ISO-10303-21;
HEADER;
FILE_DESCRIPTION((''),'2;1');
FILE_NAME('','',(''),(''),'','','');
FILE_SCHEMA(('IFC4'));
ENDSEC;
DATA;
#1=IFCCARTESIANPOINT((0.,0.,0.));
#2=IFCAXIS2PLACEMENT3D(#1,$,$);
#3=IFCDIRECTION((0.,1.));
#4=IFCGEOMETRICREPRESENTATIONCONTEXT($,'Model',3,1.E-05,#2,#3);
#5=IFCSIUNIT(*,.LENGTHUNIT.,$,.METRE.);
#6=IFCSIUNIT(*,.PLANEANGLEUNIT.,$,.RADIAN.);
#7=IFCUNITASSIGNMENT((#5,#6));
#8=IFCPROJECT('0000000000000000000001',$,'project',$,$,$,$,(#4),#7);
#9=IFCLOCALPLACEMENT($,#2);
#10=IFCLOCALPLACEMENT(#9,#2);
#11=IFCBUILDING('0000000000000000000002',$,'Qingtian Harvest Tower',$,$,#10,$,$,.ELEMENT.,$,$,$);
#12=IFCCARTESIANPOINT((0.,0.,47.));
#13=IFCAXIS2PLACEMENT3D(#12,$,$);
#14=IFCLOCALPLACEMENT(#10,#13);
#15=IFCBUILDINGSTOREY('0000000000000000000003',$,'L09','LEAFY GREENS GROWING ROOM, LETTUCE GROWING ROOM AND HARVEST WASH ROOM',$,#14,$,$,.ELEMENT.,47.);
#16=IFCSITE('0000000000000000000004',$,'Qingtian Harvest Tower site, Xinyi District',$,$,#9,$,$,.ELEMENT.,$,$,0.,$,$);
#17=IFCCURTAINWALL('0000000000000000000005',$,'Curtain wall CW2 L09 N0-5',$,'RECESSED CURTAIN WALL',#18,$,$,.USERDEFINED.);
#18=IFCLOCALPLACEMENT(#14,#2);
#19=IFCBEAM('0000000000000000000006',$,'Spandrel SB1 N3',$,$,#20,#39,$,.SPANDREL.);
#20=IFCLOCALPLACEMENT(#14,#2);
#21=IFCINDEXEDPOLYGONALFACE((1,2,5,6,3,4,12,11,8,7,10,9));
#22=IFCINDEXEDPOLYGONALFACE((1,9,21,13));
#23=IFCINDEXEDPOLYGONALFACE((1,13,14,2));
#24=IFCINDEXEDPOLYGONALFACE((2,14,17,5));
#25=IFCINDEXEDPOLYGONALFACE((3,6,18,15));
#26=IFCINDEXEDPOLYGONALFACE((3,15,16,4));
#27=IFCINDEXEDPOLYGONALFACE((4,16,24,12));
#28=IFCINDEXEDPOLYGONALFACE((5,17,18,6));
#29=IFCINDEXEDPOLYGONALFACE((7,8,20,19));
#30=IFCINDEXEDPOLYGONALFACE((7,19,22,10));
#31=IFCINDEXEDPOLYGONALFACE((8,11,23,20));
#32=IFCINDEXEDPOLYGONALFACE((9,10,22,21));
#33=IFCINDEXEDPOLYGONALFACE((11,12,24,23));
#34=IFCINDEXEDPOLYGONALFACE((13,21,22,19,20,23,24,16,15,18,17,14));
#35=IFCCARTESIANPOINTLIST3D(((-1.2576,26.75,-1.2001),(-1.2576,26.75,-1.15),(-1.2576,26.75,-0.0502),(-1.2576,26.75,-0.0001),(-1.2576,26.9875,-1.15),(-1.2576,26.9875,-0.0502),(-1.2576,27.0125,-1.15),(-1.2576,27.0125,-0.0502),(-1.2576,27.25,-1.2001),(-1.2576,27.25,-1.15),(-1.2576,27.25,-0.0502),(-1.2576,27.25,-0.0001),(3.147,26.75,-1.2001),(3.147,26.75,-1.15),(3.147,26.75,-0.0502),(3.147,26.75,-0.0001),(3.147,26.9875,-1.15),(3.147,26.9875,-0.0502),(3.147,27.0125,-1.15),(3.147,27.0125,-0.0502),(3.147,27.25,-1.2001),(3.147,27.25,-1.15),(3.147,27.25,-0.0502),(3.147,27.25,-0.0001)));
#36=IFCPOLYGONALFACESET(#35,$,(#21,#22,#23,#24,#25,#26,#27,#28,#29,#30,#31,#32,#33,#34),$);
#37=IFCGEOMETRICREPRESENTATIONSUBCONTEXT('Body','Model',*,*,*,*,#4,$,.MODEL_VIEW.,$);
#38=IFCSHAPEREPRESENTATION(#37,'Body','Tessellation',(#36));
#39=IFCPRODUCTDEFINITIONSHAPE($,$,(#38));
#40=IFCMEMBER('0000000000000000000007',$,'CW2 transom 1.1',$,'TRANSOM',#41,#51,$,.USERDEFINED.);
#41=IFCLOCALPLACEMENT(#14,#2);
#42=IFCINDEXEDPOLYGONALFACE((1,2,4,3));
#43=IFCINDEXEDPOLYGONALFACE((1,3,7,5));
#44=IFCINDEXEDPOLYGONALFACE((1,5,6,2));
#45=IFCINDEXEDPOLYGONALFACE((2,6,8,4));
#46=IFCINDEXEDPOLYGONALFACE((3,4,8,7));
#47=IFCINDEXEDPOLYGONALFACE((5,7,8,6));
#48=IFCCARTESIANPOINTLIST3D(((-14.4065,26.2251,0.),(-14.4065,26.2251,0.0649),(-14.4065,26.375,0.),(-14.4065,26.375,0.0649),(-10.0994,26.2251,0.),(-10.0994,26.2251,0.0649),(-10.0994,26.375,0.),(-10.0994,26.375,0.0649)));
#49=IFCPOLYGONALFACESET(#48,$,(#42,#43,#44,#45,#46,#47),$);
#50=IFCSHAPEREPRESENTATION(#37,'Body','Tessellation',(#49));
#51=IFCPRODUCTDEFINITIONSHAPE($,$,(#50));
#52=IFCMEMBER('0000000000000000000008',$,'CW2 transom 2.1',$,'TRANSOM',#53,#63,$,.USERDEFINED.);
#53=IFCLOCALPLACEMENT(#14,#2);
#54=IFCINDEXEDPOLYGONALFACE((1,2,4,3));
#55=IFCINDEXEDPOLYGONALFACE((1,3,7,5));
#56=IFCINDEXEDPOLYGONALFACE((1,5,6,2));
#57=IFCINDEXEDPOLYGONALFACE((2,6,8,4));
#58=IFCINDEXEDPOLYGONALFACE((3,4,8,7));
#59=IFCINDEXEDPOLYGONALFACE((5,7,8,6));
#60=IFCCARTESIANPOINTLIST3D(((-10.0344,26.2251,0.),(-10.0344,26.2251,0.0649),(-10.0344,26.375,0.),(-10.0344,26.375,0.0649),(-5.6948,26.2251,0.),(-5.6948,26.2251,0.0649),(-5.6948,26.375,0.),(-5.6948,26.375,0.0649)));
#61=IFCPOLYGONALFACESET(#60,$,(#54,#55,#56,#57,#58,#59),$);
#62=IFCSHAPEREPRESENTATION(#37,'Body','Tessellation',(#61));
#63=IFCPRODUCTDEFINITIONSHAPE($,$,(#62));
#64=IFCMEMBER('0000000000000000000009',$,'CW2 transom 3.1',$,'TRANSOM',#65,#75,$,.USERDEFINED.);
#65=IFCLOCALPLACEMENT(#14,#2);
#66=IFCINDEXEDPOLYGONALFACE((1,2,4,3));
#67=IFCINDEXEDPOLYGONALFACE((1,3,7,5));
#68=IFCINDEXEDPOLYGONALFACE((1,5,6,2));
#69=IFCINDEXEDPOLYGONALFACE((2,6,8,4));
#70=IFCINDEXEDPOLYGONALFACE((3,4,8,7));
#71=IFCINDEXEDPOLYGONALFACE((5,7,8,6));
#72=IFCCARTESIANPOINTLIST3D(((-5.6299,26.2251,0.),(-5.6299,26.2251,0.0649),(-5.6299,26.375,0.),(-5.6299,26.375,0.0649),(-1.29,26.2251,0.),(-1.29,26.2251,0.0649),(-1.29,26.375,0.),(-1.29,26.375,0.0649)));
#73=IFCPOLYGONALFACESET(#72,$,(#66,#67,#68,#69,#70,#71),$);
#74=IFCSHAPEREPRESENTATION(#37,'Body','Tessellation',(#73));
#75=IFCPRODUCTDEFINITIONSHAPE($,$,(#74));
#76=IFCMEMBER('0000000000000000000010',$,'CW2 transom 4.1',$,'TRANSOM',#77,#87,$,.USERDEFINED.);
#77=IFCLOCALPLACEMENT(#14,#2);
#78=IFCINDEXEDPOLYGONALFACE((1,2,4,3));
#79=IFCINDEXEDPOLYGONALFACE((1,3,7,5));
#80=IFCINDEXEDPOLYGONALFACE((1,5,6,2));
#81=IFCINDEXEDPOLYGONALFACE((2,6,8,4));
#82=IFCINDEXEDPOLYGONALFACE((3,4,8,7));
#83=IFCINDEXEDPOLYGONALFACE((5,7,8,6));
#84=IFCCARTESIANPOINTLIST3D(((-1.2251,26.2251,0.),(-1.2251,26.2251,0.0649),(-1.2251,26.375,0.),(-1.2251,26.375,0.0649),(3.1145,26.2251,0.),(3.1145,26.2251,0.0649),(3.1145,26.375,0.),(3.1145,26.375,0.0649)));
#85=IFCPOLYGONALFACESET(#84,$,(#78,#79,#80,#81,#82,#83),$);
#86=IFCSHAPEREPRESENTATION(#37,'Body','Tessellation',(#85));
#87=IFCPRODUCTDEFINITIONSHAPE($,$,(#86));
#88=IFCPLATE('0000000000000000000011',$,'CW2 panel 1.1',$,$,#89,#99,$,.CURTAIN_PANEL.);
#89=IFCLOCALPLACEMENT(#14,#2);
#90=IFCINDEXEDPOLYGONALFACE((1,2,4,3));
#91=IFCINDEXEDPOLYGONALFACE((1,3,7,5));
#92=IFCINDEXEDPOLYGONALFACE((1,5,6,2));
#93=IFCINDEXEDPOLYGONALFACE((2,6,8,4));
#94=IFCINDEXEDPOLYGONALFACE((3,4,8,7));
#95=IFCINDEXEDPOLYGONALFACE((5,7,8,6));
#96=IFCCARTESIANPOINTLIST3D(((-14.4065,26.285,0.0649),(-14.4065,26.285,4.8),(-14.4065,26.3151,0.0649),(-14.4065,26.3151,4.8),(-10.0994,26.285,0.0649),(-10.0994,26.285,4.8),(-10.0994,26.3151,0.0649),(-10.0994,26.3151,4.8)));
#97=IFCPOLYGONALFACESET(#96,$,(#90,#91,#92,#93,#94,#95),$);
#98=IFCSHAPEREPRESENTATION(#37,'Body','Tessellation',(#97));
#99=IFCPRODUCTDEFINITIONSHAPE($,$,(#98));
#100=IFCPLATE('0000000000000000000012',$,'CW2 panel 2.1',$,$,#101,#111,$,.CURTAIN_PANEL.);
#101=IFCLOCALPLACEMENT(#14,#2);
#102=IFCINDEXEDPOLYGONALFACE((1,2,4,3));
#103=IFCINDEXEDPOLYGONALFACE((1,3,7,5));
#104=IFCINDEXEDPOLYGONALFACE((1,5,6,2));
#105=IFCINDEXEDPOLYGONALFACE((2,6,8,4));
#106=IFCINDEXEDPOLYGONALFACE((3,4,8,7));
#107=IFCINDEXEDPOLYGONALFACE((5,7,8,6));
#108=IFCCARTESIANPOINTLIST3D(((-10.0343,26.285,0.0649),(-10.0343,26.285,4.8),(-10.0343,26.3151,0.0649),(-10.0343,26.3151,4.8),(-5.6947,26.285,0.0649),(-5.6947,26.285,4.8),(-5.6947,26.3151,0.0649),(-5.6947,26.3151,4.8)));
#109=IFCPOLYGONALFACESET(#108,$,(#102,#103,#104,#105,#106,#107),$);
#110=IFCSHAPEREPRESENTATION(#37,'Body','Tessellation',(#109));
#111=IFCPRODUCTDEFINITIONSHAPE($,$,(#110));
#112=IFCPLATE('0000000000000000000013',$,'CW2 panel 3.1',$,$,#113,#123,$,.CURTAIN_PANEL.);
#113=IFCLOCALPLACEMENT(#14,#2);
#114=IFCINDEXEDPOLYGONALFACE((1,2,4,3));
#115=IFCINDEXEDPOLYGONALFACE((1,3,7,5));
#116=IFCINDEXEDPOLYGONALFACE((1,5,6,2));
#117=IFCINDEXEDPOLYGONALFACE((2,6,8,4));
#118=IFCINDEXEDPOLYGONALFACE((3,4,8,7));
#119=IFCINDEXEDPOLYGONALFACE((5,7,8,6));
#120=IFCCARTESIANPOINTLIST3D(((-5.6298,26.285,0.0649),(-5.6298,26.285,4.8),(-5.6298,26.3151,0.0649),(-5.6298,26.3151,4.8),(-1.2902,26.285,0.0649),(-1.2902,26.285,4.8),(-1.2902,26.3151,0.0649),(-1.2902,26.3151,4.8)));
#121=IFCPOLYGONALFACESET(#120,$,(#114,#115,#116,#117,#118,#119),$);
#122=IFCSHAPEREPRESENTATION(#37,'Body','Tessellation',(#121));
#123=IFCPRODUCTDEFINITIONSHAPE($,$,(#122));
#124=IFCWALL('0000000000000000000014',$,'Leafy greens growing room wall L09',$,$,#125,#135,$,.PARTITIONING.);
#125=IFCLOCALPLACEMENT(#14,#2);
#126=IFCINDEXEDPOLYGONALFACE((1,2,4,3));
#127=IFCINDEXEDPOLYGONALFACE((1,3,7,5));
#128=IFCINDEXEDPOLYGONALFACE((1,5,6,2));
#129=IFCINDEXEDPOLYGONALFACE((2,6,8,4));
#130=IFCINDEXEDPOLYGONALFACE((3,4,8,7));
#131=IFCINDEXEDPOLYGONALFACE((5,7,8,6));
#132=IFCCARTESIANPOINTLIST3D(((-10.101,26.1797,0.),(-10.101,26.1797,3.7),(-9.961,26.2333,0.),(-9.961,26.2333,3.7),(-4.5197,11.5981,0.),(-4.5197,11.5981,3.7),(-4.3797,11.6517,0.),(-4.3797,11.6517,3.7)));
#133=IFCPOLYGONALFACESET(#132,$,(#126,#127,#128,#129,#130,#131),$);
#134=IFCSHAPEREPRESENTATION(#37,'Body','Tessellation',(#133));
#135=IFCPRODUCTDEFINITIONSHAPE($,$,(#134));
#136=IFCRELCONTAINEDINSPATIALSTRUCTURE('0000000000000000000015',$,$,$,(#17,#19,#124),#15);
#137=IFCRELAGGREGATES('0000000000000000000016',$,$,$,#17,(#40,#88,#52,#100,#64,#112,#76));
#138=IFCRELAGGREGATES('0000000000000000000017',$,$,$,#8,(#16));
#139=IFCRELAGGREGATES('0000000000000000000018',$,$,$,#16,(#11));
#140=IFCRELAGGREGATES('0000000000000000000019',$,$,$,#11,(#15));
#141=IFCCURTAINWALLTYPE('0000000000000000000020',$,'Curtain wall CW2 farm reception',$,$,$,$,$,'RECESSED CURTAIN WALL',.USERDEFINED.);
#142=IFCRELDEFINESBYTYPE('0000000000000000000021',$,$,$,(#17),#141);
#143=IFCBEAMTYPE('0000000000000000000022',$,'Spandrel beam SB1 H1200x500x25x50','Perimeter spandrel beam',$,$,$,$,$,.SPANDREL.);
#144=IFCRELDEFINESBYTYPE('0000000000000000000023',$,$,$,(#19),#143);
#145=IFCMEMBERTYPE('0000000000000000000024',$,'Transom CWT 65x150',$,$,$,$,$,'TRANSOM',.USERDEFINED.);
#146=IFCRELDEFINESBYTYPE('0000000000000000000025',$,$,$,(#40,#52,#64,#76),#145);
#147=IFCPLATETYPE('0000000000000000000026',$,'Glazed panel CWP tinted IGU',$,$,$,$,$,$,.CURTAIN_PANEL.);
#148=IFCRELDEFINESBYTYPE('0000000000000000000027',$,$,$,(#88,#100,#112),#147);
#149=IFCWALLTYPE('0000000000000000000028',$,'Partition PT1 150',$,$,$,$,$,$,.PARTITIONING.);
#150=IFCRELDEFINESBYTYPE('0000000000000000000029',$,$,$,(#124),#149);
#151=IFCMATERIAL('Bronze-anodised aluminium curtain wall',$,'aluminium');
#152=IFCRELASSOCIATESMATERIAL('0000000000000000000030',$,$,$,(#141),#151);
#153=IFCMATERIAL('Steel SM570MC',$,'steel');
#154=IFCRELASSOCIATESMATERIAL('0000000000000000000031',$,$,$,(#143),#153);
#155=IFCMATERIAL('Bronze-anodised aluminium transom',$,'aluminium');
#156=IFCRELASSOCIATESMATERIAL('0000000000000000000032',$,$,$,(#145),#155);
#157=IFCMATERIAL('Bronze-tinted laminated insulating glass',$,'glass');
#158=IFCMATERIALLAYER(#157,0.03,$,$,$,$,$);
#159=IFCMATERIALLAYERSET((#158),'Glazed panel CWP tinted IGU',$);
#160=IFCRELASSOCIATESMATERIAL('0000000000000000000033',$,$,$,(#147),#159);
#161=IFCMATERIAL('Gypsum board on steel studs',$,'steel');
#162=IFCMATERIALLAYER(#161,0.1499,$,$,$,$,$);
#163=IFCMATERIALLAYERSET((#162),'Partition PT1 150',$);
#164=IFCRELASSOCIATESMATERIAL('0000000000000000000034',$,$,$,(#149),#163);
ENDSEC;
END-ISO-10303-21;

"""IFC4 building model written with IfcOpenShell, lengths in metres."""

from ifc_helpers import new_model, si_unit, direction, frame, frame_2d, origin, origin_2d, place, context, subcontext, project, spatial, rectangle, i_section, extrude, material, layer, layer_set, material_profile, profile_set, type_object, element, aggregate, save


model = new_model("IFC4")

# Units and contexts
model_context = context("Model", 3, precision=1e-05, world=origin(), true_north=direction((0.0, 1.0)))
body_context = subcontext(model_context, "Body", "Model", "MODEL_VIEW")
ifc_project = project(units=[si_unit("LENGTHUNIT", "METRE"), si_unit("PLANEANGLEUNIT", "RADIAN")], contexts=[model_context])

# Site, building, storey
site_placement = place(None, origin())
site = spatial("IfcSite", under=ifc_project, at=site_placement, Name="Qingtian Harvest Tower site, Xinyi District", CompositionType="ELEMENT", RefElevation=0.0)
building_placement = place(site_placement, origin())
building = spatial("IfcBuilding", under=site, at=building_placement, Name="Qingtian Harvest Tower", CompositionType="ELEMENT")
storey_placement = place(building_placement, frame((0.0, 0.0, 47.0)))
storey = spatial("IfcBuildingStorey", under=building, at=storey_placement, Name="L09", Description="LEAFY GREENS GROWING ROOM, LETTUCE GROWING ROOM AND HARVEST WASH ROOM", CompositionType="ELEMENT", Elevation=47.0)

# Curtain wall
ifc_material_1 = material(Name="Bronze-anodised aluminium curtain wall", Category="aluminium")
curtain_wall_type = type_object("IfcCurtainWallType", Name="Curtain wall CW2 farm reception", ElementType="RECESSED CURTAIN WALL", PredefinedType="USERDEFINED", material=ifc_material_1)
curtain_wall_1_placement = place(storey_placement, origin())
curtain_wall_1 = element("IfcCurtainWall", 1, at=curtain_wall_1_placement, inside=storey, type_object=curtain_wall_type, Name="Curtain wall CW2 L09 N0-5", ObjectType="RECESSED CURTAIN WALL", PredefinedType="USERDEFINED")

# Beam
ifc_material_2 = material(Name="Steel SM570MC", Category="steel")
ifc_material_profile_1 = material_profile(ifc_material_2, i_section(OverallWidth=0.5, OverallDepth=1.2, WebThickness=0.0249, FlangeThickness=0.05, at=origin_2d()), Name="H1200x500x25x50")
ifc_profile_set_1 = profile_set([ifc_material_profile_1], Name="Steel SM570MC")
beam_type_1 = type_object("IfcBeamType", Name="Spandrel beam SB1 H1200x500x25x50", Description="Perimeter spandrel beam", PredefinedType="SPANDREL", material=ifc_profile_set_1)
beam_1_placement = place(storey_placement, frame((-1.2576, 27.0, -0.6001), z_axis=(1.0, 0.0, 0.0), x_axis=(0.0, 1.0, 0.0)))
element("IfcBeam", 2, at=beam_1_placement, inside=storey, type_object=beam_type_1, Name="Spandrel SB1 N3", PredefinedType="SPANDREL", context=body_context, shape_type="SweptSolid", body=[
    extrude(i_section(OverallWidth=0.5, OverallDepth=1.2, WebThickness=0.0249, FlangeThickness=0.05, at=origin_2d()), origin(), (0.0, 0.0, 1.0), 4.4045),
])

# Members
ifc_material_3 = material(Name="Bronze-anodised aluminium transom", Category="aluminium")
ifc_material_profile_2 = material_profile(ifc_material_3, rectangle(XDim=0.1499, YDim=0.0649, at=origin_2d()), Name="AL 65x150")
ifc_profile_set_2 = profile_set([ifc_material_profile_2], Name="Bronze-anodised aluminium transom")
member_type_1 = type_object("IfcMemberType", Name="Transom CWT 65x150", ElementType="TRANSOM", PredefinedType="USERDEFINED", material=ifc_profile_set_2)
member_1_placement = place(storey_placement, frame((-14.4065, 26.3, 0.0325), z_axis=(1.0, 0.0, 0.0), x_axis=(0.0, 1.0, 0.0)))
member_1 = element("IfcMember", 3, at=member_1_placement, type_object=member_type_1, Name="CW2 transom 1.1", ObjectType="TRANSOM", PredefinedType="USERDEFINED", context=body_context, shape_type="SweptSolid", body=[
    extrude(rectangle(XDim=0.1499, YDim=0.0649, at=origin_2d()), origin(), (0.0, 0.0, 1.0), 4.3071),
])
member_2_placement = place(storey_placement, frame((-10.0344, 26.3, 0.0325), z_axis=(1.0, 0.0, 0.0), x_axis=(0.0, 1.0, 0.0)))
member_2 = element("IfcMember", 4, at=member_2_placement, type_object=member_type_1, Name="CW2 transom 2.1", ObjectType="TRANSOM", PredefinedType="USERDEFINED", context=body_context, shape_type="SweptSolid", body=[
    extrude(rectangle(XDim=0.1499, YDim=0.0649, at=origin_2d()), origin(), (0.0, 0.0, 1.0), 4.3396),
])
member_3_placement = place(storey_placement, frame((-5.6299, 26.3, 0.0325), z_axis=(1.0, 0.0, 0.0), x_axis=(0.0, 1.0, 0.0)))
member_3 = element("IfcMember", 5, at=member_3_placement, type_object=member_type_1, Name="CW2 transom 3.1", ObjectType="TRANSOM", PredefinedType="USERDEFINED", context=body_context, shape_type="SweptSolid", body=[
    extrude(rectangle(XDim=0.1499, YDim=0.0649, at=origin_2d()), origin(), (0.0, 0.0, 1.0), 4.3398),
])
member_4_placement = place(storey_placement, frame((-1.2251, 26.3, 0.0325), z_axis=(1.0, 0.0, 0.0), x_axis=(0.0, 1.0, 0.0)))
member_4 = element("IfcMember", 6, at=member_4_placement, type_object=member_type_1, Name="CW2 transom 4.1", ObjectType="TRANSOM", PredefinedType="USERDEFINED", context=body_context, shape_type="SweptSolid", body=[
    extrude(rectangle(XDim=0.1499, YDim=0.0649, at=origin_2d()), origin(), (0.0, 0.0, 1.0), 4.3396),
])

# Plates
ifc_material_4 = material(Name="Bronze-tinted laminated insulating glass", Category="glass")
ifc_layer_1 = layer(ifc_material_4, 0.03)
ifc_layer_set_1 = layer_set([ifc_layer_1], Name="Glazed panel CWP tinted IGU")
plate_type = type_object("IfcPlateType", Name="Glazed panel CWP tinted IGU", PredefinedType="CURTAIN_PANEL", material=ifc_layer_set_1)
plate_1_placement = place(storey_placement, frame((-12.2529, 26.3, 0.0649), z_axis=(0.0, 0.0, 1.0), x_axis=(1.0, 0.0, 0.0)))
plate_1 = element("IfcPlate", 7, at=plate_1_placement, type_object=plate_type, Name="CW2 panel 1.1", PredefinedType="CURTAIN_PANEL", context=body_context, shape_type="SweptSolid", body=[
    extrude(rectangle(XDim=4.3071, YDim=0.03, at=origin_2d()), origin(), (0.0, 0.0, 1.0), 4.7351),
])
plate_2_placement = place(storey_placement, frame((-7.8645, 26.3, 0.0649), z_axis=(0.0, 0.0, 1.0), x_axis=(1.0, 0.0, 0.0)))
plate_2 = element("IfcPlate", 8, at=plate_2_placement, type_object=plate_type, Name="CW2 panel 2.1", PredefinedType="CURTAIN_PANEL", context=body_context, shape_type="SweptSolid", body=[
    extrude(rectangle(XDim=4.3396, YDim=0.03, at=origin_2d()), origin(), (0.0, 0.0, 1.0), 4.7351),
])
plate_3_placement = place(storey_placement, frame((-3.46, 26.3, 0.0649), z_axis=(0.0, 0.0, 1.0), x_axis=(1.0, 0.0, 0.0)))
plate_3 = element("IfcPlate", 9, at=plate_3_placement, type_object=plate_type, Name="CW2 panel 3.1", PredefinedType="CURTAIN_PANEL", context=body_context, shape_type="SweptSolid", body=[
    extrude(rectangle(XDim=4.3396, YDim=0.03, at=origin_2d()), origin(), (0.0, 0.0, 1.0), 4.7351),
])
aggregate(curtain_wall_1, [member_1, plate_1, member_2, plate_2, member_3, plate_3, member_4])

# Wall
ifc_material_5 = material(Name="Gypsum board on steel studs", Category="steel")
ifc_layer_2 = layer(ifc_material_5, 0.1499)
ifc_layer_set_2 = layer_set([ifc_layer_2], Name="Partition PT1 150")
wall_type = type_object("IfcWallType", Name="Partition PT1 150", PredefinedType="PARTITIONING", material=ifc_layer_set_2)
wall_1_placement = place(storey_placement, frame((-10.031, 26.2065, 0.0), z_axis=(0.0, 0.0, 1.0), x_axis=(0.357473, -0.933924, 0.0)))
element("IfcWall", 10, at=wall_1_placement, inside=storey, type_object=wall_type, Name="Leafy greens growing room wall L09", PredefinedType="PARTITIONING", context=body_context, shape_type="SweptSolid", body=[
    extrude(rectangle(XDim=15.6133, YDim=0.1499, at=frame_2d((7.8066, 0.0))), origin(), (0.0, 0.0, 1.0), 3.7),
])

save(model, "model.ifc")
